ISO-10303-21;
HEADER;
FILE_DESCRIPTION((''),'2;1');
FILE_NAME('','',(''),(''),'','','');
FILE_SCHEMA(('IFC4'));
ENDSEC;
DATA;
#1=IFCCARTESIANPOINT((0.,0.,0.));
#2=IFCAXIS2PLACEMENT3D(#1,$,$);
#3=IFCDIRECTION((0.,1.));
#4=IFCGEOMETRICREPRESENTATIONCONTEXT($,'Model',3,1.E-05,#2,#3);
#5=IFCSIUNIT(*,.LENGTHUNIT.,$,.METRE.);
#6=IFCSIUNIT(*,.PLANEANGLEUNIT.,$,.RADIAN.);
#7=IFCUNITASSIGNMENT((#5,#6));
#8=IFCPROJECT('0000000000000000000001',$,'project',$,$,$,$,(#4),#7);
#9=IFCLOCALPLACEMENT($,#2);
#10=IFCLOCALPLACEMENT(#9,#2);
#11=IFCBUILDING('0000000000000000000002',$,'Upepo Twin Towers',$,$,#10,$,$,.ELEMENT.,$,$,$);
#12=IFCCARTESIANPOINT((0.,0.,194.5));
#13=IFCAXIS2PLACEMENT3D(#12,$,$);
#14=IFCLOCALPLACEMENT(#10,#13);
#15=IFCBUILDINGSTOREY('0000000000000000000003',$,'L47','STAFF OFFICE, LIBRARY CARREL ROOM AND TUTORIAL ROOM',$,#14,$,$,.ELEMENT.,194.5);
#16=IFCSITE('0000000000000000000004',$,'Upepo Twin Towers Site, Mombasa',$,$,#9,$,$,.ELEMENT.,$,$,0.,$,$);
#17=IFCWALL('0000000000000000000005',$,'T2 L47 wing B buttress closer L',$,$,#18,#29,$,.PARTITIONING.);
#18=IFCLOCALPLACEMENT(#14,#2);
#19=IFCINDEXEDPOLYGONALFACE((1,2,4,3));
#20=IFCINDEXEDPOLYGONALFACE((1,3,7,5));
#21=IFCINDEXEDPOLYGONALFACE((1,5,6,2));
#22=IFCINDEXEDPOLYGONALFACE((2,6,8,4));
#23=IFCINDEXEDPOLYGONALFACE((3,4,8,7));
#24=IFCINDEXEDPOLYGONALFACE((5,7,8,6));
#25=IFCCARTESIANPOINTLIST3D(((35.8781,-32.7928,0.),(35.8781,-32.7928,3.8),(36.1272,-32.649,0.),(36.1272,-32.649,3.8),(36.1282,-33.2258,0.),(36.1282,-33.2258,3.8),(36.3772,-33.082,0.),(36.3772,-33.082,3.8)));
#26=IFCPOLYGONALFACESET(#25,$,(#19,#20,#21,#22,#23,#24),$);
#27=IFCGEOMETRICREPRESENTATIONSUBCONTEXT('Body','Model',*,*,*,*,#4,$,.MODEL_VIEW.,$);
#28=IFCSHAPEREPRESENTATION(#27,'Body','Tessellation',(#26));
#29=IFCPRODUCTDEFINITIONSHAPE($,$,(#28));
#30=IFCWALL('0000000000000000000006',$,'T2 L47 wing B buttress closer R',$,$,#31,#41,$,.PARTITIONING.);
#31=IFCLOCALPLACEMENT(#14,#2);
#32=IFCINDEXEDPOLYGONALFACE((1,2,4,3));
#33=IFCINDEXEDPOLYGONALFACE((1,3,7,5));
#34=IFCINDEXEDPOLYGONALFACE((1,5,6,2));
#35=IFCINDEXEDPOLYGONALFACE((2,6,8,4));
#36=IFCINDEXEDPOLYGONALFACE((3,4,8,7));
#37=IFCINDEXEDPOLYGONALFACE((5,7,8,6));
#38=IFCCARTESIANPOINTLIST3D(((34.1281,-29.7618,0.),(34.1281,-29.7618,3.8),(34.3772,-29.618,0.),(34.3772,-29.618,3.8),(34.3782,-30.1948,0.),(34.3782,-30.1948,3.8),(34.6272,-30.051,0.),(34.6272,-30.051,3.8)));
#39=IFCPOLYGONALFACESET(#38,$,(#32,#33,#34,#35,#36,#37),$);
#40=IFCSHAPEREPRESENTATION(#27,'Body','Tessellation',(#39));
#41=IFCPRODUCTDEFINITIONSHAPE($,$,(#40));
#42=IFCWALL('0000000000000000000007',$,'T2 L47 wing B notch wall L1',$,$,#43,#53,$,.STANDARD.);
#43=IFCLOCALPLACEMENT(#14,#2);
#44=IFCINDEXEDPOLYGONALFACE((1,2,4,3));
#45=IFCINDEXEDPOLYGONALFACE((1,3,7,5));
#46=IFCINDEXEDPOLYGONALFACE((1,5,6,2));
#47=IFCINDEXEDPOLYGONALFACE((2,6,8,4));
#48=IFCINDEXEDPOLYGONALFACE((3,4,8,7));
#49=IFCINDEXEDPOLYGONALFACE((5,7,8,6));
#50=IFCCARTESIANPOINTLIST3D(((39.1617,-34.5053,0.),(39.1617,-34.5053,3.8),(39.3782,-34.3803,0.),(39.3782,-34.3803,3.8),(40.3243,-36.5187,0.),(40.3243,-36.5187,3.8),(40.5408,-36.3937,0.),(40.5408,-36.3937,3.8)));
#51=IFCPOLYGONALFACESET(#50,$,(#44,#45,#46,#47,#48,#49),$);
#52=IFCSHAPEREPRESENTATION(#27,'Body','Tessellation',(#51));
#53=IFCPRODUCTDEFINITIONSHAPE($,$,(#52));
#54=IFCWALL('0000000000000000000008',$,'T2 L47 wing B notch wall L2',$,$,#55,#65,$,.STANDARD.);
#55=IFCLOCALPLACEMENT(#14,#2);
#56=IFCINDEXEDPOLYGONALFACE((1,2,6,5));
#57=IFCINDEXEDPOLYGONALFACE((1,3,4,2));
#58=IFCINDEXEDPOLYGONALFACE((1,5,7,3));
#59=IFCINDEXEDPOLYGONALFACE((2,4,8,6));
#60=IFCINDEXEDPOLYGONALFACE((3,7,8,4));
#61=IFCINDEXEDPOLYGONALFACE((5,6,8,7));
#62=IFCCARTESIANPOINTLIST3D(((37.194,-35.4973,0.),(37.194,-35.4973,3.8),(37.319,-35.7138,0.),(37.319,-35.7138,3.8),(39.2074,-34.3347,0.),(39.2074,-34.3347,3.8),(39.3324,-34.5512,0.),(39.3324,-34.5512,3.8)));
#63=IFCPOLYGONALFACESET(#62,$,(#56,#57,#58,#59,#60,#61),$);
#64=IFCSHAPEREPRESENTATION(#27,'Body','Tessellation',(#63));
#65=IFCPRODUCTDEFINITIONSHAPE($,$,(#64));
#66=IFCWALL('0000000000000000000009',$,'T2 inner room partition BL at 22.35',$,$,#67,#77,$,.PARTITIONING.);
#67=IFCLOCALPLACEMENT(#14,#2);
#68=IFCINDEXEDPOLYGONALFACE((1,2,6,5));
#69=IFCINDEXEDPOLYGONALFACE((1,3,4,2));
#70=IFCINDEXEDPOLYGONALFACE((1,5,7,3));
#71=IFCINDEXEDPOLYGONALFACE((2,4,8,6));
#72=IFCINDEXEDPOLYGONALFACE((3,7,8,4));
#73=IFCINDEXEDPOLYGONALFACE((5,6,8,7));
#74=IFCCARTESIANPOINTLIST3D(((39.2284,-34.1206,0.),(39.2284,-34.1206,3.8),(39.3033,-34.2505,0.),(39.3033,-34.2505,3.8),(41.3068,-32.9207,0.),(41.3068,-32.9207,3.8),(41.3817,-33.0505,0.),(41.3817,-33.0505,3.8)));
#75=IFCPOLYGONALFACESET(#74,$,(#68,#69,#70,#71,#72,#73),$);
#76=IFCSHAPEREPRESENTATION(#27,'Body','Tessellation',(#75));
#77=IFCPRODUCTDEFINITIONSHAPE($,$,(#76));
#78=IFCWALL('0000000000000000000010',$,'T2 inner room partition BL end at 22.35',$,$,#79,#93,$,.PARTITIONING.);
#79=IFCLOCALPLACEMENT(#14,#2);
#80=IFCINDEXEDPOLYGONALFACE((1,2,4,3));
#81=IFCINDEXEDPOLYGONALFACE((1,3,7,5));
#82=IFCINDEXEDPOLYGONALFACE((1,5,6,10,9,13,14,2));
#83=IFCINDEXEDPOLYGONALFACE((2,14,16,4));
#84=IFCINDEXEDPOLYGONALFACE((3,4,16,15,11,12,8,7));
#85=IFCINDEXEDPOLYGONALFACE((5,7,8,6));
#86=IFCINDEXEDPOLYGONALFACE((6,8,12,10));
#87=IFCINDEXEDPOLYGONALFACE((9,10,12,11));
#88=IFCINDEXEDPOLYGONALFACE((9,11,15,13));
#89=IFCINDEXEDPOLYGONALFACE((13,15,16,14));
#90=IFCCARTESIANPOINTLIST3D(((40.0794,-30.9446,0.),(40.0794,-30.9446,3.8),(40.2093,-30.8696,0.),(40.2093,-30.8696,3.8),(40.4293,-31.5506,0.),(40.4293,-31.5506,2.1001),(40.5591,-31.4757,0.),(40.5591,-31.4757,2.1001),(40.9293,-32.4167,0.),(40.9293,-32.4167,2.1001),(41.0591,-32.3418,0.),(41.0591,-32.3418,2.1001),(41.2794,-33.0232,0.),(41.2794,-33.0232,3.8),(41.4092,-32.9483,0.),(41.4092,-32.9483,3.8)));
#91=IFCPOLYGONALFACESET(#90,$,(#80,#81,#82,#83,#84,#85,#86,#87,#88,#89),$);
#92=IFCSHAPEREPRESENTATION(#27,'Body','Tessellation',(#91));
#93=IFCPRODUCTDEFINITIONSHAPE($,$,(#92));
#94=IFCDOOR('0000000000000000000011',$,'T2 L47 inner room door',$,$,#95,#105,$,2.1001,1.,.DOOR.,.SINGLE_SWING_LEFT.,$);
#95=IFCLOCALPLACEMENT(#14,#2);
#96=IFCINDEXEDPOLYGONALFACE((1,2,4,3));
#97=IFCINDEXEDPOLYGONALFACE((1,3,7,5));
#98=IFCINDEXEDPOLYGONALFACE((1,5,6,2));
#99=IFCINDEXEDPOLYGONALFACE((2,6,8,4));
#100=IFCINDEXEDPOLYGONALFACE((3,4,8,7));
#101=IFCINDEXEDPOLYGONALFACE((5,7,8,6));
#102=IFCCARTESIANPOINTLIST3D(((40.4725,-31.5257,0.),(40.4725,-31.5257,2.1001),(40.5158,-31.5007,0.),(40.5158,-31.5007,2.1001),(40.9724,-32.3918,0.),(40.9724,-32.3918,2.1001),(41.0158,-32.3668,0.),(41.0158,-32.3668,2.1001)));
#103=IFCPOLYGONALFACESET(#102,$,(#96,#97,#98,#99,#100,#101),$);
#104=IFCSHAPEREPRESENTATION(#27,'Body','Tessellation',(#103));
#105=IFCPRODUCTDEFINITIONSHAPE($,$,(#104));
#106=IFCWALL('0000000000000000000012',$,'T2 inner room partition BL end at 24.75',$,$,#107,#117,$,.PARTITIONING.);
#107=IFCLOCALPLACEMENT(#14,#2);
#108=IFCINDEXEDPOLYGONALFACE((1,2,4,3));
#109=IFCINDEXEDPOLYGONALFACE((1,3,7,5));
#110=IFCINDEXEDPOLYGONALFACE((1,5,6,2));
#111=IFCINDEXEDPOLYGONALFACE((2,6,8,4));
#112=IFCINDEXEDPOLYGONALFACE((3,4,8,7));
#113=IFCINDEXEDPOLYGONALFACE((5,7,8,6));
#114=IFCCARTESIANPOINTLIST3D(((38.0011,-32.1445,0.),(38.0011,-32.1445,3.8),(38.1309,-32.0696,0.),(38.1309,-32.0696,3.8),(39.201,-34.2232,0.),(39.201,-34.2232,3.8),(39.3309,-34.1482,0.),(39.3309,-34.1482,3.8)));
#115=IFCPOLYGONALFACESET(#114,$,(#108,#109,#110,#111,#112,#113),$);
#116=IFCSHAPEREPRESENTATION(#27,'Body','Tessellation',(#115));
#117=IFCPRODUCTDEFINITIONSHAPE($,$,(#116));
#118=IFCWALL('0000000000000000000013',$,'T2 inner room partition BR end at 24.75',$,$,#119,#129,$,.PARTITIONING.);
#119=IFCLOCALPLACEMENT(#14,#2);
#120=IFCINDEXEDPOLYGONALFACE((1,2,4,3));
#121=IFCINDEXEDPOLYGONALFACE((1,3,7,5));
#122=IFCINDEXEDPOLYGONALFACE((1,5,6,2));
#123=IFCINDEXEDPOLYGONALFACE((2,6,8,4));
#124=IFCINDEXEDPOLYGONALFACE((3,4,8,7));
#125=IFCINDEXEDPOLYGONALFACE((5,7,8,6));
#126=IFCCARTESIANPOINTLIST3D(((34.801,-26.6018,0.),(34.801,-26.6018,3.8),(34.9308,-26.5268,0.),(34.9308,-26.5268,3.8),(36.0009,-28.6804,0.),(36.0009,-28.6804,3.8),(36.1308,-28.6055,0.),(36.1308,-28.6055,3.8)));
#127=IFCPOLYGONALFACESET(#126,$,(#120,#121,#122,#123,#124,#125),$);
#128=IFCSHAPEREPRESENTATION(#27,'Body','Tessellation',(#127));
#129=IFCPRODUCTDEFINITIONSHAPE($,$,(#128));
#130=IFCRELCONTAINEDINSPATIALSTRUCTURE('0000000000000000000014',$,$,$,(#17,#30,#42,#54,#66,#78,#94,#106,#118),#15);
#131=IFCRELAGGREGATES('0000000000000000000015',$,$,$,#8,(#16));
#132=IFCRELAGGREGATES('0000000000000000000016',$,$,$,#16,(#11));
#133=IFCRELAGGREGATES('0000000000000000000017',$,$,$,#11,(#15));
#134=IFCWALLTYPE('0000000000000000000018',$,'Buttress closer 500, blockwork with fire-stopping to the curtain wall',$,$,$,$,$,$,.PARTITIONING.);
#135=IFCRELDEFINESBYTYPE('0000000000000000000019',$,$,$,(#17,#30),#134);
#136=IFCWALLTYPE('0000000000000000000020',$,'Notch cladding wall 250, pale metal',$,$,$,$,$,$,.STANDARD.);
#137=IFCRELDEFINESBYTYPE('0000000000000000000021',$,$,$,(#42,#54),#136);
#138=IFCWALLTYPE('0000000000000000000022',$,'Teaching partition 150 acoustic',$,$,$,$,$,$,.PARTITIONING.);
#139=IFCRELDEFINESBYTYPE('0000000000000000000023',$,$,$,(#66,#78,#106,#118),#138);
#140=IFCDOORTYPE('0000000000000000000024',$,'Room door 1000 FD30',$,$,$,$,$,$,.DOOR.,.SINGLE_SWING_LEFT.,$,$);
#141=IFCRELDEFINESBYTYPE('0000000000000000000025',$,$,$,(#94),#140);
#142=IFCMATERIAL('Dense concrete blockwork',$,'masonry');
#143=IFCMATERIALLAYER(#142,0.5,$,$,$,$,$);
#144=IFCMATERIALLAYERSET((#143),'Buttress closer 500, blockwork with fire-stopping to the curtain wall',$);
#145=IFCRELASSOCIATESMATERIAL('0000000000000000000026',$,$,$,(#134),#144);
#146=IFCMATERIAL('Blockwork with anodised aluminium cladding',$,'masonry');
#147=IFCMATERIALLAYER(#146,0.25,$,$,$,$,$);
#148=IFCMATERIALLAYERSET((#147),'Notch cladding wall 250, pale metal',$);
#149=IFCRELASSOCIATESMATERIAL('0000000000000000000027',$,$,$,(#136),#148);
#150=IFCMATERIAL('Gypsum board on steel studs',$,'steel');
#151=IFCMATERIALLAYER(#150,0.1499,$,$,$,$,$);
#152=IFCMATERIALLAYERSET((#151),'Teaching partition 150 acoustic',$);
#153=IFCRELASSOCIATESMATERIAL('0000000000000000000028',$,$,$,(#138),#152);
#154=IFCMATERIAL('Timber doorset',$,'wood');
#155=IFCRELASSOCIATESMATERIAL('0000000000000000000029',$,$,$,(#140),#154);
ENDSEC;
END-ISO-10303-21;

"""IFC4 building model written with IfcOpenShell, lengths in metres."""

from ifc_helpers import new_model, si_unit, direction, frame, frame_2d, origin, place, context, subcontext, project, spatial, rectangle, extrude, material, layer, layer_set, type_object, element, fill, save


model = new_model("IFC4")

# Units and contexts
model_context = context("Model", 3, precision=1e-05, world=origin(), true_north=direction((0.0, 1.0)))
body_context = subcontext(model_context, "Body", "Model", "MODEL_VIEW")
ifc_project = project(units=[si_unit("LENGTHUNIT", "METRE"), si_unit("PLANEANGLEUNIT", "RADIAN")], contexts=[model_context])

# Site, building, storey
site_placement = place(None, origin())
site = spatial("IfcSite", under=ifc_project, at=site_placement, Name="Upepo Twin Towers Site, Mombasa", CompositionType="ELEMENT", RefElevation=0.0)
building_placement = place(site_placement, origin())
building = spatial("IfcBuilding", under=site, at=building_placement, Name="Upepo Twin Towers", CompositionType="ELEMENT")
storey_placement = place(building_placement, frame((0.0, 0.0, 194.5)))
storey = spatial("IfcBuildingStorey", under=building, at=storey_placement, Name="L47", Description="STAFF OFFICE, LIBRARY CARREL ROOM AND TUTORIAL ROOM", CompositionType="ELEMENT", Elevation=194.5)

# Walls
ifc_material_1 = material(Name="Dense concrete blockwork", Category="masonry")
ifc_layer_1 = layer(ifc_material_1, 0.5)
ifc_layer_set_1 = layer_set([ifc_layer_1], Name="Buttress closer 500, blockwork with fire-stopping to the curtain wall")
wall_type_1 = type_object("IfcWallType", Name="Buttress closer 500, blockwork with fire-stopping to the curtain wall", PredefinedType="PARTITIONING", material=ifc_layer_set_1)
for number, where, z_axis, x_axis, name in (
    (1, (36.2522, -32.8655, 0.0), (0.0, 0.0, 1.0), (-0.865988, -0.500065, 0.0), "T2 L47 wing B buttress closer L"),
    (2, (34.5022, -29.8345, 0.0), (0.0, 0.0, 1.0), (-0.865988, -0.500065, 0.0), "T2 L47 wing B buttress closer R"),
):
    element("IfcWall", number, at=place(storey_placement, frame(where, z_axis=z_axis, x_axis=x_axis)), inside=storey, type_object=wall_type_1, Name=name, PredefinedType="PARTITIONING", context=body_context, shape_type="SweptSolid", body=[
        extrude(rectangle(XDim=0.2876, YDim=0.5, at=frame_2d((0.1438, 0.0))), origin(), (0.0, 0.0, 1.0), 3.8),
    ])
ifc_material_2 = material(Name="Blockwork with anodised aluminium cladding", Category="masonry")
ifc_layer_2 = layer(ifc_material_2, 0.25)
ifc_layer_set_2 = layer_set([ifc_layer_2], Name="Notch cladding wall 250, pale metal")
wall_type_2 = type_object("IfcWallType", Name="Notch cladding wall 250, pale metal", PredefinedType="STANDARD", material=ifc_layer_set_2)
for number, where, z_axis, x_axis, name in (
    (3, (40.4326, -36.4563, 0.0), (0.0, 0.0, 1.0), (-0.500047, 0.865998, 0.0), "T2 L47 wing B notch wall L1"),
    (4, (39.27, -34.4429, 0.0), (0.0, 0.0, 1.0), (-0.865998, -0.500047, 0.0), "T2 L47 wing B notch wall L2"),
):
    element("IfcWall", number, at=place(storey_placement, frame(where, z_axis=z_axis, x_axis=x_axis)), inside=storey, type_object=wall_type_2, Name=name, PredefinedType="STANDARD", context=body_context, shape_type="SweptSolid", body=[
        extrude(rectangle(XDim=2.325, YDim=0.25, at=frame_2d((1.1626, 0.0))), origin(), (0.0, 0.0, 1.0), 3.8),
    ])
ifc_material_3 = material(Name="Gypsum board on steel studs", Category="steel")
ifc_layer_3 = layer(ifc_material_3, 0.1499)
ifc_layer_set_3 = layer_set([ifc_layer_3], Name="Teaching partition 150 acoustic")
wall_type_3 = type_object("IfcWallType", Name="Teaching partition 150 acoustic", PredefinedType="PARTITIONING", material=ifc_layer_set_3)
wall_1_placement = place(storey_placement, frame((41.3442, -32.9856, 0.0), z_axis=(0.0, 0.0, 1.0), x_axis=(-0.866025, -0.500001, 0.0)))
element("IfcWall", 5, at=wall_1_placement, inside=storey, type_object=wall_type_3, Name="T2 inner room partition BL at 22.35", PredefinedType="PARTITIONING", context=body_context, shape_type="SweptSolid", body=[
    extrude(rectangle(XDim=2.3999, YDim=0.1499, at=frame_2d((1.2, 0.0))), origin(), (0.0, 0.0, 1.0), 3.8),
])

# Wall, opening, door
wall_2_placement = place(storey_placement, frame((40.1443, -30.907, 0.0), z_axis=(0.0, 0.0, 1.0), x_axis=(0.499957, -0.86605, 0.0)))
wall_2 = element("IfcWall", 6, at=wall_2_placement, inside=storey, type_object=wall_type_3, Name="T2 inner room partition BL end at 22.35", PredefinedType="PARTITIONING", context=body_context, shape_type="SweptSolid", body=[
    extrude(rectangle(XDim=2.4001, YDim=0.1499, at=frame_2d((1.2002, 0.0))), origin(), (0.0, 0.0, 1.0), 3.8),
])
opening_placement = place(wall_2_placement, frame((0.7, 0.0, 0.0)))
opening = element("IfcOpeningElement", 7, at=opening_placement, cuts=wall_2, PredefinedType="OPENING", context=body_context, shape_type="SweptSolid", body=[
    extrude(rectangle(XDim=1.0, YDim=2.1001, at=frame_2d((0.5, 1.05))), frame((0.0, 0.085, 0.0), z_axis=(0.0, -1.0, 0.0), x_axis=(1.0, 0.0, 0.0)), (0.0, 0.0, 1.0), 0.1699),
])
ifc_material_4 = material(Name="Timber doorset", Category="wood")
door_type = type_object("IfcDoorType", Name="Room door 1000 FD30", OperationType="SINGLE_SWING_LEFT", PredefinedType="DOOR", material=ifc_material_4)
door_placement = place(opening_placement, origin())
door = element("IfcDoor", 8, at=door_placement, inside=storey, type_object=door_type, Name="T2 L47 inner room door", OperationType="SINGLE_SWING_LEFT", OverallHeight=2.1001, OverallWidth=1.0, PredefinedType="DOOR", context=body_context, shape_type="SweptSolid", body=[
    extrude(rectangle(XDim=1.0, YDim=2.1001, at=frame_2d((0.5, 1.05))), frame((0.0, 0.0249, 0.0), z_axis=(0.0, -1.0, 0.0), x_axis=(1.0, 0.0, 0.0)), (0.0, 0.0, 1.0), 0.05),
])
fill(opening, door)

# Walls
for number, where, z_axis, x_axis, name in (
    (9, (38.0659, -32.1069, 0.0), (0.0, 0.0, 1.0), (0.499957, -0.86605, 0.0), "T2 inner room partition BL end at 24.75"),
    (10, (36.0659, -28.6431, 0.0), (0.0, 0.0, 1.0), (-0.499957, 0.86605, 0.0), "T2 inner room partition BR end at 24.75"),
):
    element("IfcWall", number, at=place(storey_placement, frame(where, z_axis=z_axis, x_axis=x_axis)), inside=storey, type_object=wall_type_3, Name=name, PredefinedType="PARTITIONING", context=body_context, shape_type="SweptSolid", body=[
        extrude(rectangle(XDim=2.4001, YDim=0.1499, at=frame_2d((1.2002, 0.0))), origin(), (0.0, 0.0, 1.0), 3.8),
    ])

save(model, "model.ifc")
